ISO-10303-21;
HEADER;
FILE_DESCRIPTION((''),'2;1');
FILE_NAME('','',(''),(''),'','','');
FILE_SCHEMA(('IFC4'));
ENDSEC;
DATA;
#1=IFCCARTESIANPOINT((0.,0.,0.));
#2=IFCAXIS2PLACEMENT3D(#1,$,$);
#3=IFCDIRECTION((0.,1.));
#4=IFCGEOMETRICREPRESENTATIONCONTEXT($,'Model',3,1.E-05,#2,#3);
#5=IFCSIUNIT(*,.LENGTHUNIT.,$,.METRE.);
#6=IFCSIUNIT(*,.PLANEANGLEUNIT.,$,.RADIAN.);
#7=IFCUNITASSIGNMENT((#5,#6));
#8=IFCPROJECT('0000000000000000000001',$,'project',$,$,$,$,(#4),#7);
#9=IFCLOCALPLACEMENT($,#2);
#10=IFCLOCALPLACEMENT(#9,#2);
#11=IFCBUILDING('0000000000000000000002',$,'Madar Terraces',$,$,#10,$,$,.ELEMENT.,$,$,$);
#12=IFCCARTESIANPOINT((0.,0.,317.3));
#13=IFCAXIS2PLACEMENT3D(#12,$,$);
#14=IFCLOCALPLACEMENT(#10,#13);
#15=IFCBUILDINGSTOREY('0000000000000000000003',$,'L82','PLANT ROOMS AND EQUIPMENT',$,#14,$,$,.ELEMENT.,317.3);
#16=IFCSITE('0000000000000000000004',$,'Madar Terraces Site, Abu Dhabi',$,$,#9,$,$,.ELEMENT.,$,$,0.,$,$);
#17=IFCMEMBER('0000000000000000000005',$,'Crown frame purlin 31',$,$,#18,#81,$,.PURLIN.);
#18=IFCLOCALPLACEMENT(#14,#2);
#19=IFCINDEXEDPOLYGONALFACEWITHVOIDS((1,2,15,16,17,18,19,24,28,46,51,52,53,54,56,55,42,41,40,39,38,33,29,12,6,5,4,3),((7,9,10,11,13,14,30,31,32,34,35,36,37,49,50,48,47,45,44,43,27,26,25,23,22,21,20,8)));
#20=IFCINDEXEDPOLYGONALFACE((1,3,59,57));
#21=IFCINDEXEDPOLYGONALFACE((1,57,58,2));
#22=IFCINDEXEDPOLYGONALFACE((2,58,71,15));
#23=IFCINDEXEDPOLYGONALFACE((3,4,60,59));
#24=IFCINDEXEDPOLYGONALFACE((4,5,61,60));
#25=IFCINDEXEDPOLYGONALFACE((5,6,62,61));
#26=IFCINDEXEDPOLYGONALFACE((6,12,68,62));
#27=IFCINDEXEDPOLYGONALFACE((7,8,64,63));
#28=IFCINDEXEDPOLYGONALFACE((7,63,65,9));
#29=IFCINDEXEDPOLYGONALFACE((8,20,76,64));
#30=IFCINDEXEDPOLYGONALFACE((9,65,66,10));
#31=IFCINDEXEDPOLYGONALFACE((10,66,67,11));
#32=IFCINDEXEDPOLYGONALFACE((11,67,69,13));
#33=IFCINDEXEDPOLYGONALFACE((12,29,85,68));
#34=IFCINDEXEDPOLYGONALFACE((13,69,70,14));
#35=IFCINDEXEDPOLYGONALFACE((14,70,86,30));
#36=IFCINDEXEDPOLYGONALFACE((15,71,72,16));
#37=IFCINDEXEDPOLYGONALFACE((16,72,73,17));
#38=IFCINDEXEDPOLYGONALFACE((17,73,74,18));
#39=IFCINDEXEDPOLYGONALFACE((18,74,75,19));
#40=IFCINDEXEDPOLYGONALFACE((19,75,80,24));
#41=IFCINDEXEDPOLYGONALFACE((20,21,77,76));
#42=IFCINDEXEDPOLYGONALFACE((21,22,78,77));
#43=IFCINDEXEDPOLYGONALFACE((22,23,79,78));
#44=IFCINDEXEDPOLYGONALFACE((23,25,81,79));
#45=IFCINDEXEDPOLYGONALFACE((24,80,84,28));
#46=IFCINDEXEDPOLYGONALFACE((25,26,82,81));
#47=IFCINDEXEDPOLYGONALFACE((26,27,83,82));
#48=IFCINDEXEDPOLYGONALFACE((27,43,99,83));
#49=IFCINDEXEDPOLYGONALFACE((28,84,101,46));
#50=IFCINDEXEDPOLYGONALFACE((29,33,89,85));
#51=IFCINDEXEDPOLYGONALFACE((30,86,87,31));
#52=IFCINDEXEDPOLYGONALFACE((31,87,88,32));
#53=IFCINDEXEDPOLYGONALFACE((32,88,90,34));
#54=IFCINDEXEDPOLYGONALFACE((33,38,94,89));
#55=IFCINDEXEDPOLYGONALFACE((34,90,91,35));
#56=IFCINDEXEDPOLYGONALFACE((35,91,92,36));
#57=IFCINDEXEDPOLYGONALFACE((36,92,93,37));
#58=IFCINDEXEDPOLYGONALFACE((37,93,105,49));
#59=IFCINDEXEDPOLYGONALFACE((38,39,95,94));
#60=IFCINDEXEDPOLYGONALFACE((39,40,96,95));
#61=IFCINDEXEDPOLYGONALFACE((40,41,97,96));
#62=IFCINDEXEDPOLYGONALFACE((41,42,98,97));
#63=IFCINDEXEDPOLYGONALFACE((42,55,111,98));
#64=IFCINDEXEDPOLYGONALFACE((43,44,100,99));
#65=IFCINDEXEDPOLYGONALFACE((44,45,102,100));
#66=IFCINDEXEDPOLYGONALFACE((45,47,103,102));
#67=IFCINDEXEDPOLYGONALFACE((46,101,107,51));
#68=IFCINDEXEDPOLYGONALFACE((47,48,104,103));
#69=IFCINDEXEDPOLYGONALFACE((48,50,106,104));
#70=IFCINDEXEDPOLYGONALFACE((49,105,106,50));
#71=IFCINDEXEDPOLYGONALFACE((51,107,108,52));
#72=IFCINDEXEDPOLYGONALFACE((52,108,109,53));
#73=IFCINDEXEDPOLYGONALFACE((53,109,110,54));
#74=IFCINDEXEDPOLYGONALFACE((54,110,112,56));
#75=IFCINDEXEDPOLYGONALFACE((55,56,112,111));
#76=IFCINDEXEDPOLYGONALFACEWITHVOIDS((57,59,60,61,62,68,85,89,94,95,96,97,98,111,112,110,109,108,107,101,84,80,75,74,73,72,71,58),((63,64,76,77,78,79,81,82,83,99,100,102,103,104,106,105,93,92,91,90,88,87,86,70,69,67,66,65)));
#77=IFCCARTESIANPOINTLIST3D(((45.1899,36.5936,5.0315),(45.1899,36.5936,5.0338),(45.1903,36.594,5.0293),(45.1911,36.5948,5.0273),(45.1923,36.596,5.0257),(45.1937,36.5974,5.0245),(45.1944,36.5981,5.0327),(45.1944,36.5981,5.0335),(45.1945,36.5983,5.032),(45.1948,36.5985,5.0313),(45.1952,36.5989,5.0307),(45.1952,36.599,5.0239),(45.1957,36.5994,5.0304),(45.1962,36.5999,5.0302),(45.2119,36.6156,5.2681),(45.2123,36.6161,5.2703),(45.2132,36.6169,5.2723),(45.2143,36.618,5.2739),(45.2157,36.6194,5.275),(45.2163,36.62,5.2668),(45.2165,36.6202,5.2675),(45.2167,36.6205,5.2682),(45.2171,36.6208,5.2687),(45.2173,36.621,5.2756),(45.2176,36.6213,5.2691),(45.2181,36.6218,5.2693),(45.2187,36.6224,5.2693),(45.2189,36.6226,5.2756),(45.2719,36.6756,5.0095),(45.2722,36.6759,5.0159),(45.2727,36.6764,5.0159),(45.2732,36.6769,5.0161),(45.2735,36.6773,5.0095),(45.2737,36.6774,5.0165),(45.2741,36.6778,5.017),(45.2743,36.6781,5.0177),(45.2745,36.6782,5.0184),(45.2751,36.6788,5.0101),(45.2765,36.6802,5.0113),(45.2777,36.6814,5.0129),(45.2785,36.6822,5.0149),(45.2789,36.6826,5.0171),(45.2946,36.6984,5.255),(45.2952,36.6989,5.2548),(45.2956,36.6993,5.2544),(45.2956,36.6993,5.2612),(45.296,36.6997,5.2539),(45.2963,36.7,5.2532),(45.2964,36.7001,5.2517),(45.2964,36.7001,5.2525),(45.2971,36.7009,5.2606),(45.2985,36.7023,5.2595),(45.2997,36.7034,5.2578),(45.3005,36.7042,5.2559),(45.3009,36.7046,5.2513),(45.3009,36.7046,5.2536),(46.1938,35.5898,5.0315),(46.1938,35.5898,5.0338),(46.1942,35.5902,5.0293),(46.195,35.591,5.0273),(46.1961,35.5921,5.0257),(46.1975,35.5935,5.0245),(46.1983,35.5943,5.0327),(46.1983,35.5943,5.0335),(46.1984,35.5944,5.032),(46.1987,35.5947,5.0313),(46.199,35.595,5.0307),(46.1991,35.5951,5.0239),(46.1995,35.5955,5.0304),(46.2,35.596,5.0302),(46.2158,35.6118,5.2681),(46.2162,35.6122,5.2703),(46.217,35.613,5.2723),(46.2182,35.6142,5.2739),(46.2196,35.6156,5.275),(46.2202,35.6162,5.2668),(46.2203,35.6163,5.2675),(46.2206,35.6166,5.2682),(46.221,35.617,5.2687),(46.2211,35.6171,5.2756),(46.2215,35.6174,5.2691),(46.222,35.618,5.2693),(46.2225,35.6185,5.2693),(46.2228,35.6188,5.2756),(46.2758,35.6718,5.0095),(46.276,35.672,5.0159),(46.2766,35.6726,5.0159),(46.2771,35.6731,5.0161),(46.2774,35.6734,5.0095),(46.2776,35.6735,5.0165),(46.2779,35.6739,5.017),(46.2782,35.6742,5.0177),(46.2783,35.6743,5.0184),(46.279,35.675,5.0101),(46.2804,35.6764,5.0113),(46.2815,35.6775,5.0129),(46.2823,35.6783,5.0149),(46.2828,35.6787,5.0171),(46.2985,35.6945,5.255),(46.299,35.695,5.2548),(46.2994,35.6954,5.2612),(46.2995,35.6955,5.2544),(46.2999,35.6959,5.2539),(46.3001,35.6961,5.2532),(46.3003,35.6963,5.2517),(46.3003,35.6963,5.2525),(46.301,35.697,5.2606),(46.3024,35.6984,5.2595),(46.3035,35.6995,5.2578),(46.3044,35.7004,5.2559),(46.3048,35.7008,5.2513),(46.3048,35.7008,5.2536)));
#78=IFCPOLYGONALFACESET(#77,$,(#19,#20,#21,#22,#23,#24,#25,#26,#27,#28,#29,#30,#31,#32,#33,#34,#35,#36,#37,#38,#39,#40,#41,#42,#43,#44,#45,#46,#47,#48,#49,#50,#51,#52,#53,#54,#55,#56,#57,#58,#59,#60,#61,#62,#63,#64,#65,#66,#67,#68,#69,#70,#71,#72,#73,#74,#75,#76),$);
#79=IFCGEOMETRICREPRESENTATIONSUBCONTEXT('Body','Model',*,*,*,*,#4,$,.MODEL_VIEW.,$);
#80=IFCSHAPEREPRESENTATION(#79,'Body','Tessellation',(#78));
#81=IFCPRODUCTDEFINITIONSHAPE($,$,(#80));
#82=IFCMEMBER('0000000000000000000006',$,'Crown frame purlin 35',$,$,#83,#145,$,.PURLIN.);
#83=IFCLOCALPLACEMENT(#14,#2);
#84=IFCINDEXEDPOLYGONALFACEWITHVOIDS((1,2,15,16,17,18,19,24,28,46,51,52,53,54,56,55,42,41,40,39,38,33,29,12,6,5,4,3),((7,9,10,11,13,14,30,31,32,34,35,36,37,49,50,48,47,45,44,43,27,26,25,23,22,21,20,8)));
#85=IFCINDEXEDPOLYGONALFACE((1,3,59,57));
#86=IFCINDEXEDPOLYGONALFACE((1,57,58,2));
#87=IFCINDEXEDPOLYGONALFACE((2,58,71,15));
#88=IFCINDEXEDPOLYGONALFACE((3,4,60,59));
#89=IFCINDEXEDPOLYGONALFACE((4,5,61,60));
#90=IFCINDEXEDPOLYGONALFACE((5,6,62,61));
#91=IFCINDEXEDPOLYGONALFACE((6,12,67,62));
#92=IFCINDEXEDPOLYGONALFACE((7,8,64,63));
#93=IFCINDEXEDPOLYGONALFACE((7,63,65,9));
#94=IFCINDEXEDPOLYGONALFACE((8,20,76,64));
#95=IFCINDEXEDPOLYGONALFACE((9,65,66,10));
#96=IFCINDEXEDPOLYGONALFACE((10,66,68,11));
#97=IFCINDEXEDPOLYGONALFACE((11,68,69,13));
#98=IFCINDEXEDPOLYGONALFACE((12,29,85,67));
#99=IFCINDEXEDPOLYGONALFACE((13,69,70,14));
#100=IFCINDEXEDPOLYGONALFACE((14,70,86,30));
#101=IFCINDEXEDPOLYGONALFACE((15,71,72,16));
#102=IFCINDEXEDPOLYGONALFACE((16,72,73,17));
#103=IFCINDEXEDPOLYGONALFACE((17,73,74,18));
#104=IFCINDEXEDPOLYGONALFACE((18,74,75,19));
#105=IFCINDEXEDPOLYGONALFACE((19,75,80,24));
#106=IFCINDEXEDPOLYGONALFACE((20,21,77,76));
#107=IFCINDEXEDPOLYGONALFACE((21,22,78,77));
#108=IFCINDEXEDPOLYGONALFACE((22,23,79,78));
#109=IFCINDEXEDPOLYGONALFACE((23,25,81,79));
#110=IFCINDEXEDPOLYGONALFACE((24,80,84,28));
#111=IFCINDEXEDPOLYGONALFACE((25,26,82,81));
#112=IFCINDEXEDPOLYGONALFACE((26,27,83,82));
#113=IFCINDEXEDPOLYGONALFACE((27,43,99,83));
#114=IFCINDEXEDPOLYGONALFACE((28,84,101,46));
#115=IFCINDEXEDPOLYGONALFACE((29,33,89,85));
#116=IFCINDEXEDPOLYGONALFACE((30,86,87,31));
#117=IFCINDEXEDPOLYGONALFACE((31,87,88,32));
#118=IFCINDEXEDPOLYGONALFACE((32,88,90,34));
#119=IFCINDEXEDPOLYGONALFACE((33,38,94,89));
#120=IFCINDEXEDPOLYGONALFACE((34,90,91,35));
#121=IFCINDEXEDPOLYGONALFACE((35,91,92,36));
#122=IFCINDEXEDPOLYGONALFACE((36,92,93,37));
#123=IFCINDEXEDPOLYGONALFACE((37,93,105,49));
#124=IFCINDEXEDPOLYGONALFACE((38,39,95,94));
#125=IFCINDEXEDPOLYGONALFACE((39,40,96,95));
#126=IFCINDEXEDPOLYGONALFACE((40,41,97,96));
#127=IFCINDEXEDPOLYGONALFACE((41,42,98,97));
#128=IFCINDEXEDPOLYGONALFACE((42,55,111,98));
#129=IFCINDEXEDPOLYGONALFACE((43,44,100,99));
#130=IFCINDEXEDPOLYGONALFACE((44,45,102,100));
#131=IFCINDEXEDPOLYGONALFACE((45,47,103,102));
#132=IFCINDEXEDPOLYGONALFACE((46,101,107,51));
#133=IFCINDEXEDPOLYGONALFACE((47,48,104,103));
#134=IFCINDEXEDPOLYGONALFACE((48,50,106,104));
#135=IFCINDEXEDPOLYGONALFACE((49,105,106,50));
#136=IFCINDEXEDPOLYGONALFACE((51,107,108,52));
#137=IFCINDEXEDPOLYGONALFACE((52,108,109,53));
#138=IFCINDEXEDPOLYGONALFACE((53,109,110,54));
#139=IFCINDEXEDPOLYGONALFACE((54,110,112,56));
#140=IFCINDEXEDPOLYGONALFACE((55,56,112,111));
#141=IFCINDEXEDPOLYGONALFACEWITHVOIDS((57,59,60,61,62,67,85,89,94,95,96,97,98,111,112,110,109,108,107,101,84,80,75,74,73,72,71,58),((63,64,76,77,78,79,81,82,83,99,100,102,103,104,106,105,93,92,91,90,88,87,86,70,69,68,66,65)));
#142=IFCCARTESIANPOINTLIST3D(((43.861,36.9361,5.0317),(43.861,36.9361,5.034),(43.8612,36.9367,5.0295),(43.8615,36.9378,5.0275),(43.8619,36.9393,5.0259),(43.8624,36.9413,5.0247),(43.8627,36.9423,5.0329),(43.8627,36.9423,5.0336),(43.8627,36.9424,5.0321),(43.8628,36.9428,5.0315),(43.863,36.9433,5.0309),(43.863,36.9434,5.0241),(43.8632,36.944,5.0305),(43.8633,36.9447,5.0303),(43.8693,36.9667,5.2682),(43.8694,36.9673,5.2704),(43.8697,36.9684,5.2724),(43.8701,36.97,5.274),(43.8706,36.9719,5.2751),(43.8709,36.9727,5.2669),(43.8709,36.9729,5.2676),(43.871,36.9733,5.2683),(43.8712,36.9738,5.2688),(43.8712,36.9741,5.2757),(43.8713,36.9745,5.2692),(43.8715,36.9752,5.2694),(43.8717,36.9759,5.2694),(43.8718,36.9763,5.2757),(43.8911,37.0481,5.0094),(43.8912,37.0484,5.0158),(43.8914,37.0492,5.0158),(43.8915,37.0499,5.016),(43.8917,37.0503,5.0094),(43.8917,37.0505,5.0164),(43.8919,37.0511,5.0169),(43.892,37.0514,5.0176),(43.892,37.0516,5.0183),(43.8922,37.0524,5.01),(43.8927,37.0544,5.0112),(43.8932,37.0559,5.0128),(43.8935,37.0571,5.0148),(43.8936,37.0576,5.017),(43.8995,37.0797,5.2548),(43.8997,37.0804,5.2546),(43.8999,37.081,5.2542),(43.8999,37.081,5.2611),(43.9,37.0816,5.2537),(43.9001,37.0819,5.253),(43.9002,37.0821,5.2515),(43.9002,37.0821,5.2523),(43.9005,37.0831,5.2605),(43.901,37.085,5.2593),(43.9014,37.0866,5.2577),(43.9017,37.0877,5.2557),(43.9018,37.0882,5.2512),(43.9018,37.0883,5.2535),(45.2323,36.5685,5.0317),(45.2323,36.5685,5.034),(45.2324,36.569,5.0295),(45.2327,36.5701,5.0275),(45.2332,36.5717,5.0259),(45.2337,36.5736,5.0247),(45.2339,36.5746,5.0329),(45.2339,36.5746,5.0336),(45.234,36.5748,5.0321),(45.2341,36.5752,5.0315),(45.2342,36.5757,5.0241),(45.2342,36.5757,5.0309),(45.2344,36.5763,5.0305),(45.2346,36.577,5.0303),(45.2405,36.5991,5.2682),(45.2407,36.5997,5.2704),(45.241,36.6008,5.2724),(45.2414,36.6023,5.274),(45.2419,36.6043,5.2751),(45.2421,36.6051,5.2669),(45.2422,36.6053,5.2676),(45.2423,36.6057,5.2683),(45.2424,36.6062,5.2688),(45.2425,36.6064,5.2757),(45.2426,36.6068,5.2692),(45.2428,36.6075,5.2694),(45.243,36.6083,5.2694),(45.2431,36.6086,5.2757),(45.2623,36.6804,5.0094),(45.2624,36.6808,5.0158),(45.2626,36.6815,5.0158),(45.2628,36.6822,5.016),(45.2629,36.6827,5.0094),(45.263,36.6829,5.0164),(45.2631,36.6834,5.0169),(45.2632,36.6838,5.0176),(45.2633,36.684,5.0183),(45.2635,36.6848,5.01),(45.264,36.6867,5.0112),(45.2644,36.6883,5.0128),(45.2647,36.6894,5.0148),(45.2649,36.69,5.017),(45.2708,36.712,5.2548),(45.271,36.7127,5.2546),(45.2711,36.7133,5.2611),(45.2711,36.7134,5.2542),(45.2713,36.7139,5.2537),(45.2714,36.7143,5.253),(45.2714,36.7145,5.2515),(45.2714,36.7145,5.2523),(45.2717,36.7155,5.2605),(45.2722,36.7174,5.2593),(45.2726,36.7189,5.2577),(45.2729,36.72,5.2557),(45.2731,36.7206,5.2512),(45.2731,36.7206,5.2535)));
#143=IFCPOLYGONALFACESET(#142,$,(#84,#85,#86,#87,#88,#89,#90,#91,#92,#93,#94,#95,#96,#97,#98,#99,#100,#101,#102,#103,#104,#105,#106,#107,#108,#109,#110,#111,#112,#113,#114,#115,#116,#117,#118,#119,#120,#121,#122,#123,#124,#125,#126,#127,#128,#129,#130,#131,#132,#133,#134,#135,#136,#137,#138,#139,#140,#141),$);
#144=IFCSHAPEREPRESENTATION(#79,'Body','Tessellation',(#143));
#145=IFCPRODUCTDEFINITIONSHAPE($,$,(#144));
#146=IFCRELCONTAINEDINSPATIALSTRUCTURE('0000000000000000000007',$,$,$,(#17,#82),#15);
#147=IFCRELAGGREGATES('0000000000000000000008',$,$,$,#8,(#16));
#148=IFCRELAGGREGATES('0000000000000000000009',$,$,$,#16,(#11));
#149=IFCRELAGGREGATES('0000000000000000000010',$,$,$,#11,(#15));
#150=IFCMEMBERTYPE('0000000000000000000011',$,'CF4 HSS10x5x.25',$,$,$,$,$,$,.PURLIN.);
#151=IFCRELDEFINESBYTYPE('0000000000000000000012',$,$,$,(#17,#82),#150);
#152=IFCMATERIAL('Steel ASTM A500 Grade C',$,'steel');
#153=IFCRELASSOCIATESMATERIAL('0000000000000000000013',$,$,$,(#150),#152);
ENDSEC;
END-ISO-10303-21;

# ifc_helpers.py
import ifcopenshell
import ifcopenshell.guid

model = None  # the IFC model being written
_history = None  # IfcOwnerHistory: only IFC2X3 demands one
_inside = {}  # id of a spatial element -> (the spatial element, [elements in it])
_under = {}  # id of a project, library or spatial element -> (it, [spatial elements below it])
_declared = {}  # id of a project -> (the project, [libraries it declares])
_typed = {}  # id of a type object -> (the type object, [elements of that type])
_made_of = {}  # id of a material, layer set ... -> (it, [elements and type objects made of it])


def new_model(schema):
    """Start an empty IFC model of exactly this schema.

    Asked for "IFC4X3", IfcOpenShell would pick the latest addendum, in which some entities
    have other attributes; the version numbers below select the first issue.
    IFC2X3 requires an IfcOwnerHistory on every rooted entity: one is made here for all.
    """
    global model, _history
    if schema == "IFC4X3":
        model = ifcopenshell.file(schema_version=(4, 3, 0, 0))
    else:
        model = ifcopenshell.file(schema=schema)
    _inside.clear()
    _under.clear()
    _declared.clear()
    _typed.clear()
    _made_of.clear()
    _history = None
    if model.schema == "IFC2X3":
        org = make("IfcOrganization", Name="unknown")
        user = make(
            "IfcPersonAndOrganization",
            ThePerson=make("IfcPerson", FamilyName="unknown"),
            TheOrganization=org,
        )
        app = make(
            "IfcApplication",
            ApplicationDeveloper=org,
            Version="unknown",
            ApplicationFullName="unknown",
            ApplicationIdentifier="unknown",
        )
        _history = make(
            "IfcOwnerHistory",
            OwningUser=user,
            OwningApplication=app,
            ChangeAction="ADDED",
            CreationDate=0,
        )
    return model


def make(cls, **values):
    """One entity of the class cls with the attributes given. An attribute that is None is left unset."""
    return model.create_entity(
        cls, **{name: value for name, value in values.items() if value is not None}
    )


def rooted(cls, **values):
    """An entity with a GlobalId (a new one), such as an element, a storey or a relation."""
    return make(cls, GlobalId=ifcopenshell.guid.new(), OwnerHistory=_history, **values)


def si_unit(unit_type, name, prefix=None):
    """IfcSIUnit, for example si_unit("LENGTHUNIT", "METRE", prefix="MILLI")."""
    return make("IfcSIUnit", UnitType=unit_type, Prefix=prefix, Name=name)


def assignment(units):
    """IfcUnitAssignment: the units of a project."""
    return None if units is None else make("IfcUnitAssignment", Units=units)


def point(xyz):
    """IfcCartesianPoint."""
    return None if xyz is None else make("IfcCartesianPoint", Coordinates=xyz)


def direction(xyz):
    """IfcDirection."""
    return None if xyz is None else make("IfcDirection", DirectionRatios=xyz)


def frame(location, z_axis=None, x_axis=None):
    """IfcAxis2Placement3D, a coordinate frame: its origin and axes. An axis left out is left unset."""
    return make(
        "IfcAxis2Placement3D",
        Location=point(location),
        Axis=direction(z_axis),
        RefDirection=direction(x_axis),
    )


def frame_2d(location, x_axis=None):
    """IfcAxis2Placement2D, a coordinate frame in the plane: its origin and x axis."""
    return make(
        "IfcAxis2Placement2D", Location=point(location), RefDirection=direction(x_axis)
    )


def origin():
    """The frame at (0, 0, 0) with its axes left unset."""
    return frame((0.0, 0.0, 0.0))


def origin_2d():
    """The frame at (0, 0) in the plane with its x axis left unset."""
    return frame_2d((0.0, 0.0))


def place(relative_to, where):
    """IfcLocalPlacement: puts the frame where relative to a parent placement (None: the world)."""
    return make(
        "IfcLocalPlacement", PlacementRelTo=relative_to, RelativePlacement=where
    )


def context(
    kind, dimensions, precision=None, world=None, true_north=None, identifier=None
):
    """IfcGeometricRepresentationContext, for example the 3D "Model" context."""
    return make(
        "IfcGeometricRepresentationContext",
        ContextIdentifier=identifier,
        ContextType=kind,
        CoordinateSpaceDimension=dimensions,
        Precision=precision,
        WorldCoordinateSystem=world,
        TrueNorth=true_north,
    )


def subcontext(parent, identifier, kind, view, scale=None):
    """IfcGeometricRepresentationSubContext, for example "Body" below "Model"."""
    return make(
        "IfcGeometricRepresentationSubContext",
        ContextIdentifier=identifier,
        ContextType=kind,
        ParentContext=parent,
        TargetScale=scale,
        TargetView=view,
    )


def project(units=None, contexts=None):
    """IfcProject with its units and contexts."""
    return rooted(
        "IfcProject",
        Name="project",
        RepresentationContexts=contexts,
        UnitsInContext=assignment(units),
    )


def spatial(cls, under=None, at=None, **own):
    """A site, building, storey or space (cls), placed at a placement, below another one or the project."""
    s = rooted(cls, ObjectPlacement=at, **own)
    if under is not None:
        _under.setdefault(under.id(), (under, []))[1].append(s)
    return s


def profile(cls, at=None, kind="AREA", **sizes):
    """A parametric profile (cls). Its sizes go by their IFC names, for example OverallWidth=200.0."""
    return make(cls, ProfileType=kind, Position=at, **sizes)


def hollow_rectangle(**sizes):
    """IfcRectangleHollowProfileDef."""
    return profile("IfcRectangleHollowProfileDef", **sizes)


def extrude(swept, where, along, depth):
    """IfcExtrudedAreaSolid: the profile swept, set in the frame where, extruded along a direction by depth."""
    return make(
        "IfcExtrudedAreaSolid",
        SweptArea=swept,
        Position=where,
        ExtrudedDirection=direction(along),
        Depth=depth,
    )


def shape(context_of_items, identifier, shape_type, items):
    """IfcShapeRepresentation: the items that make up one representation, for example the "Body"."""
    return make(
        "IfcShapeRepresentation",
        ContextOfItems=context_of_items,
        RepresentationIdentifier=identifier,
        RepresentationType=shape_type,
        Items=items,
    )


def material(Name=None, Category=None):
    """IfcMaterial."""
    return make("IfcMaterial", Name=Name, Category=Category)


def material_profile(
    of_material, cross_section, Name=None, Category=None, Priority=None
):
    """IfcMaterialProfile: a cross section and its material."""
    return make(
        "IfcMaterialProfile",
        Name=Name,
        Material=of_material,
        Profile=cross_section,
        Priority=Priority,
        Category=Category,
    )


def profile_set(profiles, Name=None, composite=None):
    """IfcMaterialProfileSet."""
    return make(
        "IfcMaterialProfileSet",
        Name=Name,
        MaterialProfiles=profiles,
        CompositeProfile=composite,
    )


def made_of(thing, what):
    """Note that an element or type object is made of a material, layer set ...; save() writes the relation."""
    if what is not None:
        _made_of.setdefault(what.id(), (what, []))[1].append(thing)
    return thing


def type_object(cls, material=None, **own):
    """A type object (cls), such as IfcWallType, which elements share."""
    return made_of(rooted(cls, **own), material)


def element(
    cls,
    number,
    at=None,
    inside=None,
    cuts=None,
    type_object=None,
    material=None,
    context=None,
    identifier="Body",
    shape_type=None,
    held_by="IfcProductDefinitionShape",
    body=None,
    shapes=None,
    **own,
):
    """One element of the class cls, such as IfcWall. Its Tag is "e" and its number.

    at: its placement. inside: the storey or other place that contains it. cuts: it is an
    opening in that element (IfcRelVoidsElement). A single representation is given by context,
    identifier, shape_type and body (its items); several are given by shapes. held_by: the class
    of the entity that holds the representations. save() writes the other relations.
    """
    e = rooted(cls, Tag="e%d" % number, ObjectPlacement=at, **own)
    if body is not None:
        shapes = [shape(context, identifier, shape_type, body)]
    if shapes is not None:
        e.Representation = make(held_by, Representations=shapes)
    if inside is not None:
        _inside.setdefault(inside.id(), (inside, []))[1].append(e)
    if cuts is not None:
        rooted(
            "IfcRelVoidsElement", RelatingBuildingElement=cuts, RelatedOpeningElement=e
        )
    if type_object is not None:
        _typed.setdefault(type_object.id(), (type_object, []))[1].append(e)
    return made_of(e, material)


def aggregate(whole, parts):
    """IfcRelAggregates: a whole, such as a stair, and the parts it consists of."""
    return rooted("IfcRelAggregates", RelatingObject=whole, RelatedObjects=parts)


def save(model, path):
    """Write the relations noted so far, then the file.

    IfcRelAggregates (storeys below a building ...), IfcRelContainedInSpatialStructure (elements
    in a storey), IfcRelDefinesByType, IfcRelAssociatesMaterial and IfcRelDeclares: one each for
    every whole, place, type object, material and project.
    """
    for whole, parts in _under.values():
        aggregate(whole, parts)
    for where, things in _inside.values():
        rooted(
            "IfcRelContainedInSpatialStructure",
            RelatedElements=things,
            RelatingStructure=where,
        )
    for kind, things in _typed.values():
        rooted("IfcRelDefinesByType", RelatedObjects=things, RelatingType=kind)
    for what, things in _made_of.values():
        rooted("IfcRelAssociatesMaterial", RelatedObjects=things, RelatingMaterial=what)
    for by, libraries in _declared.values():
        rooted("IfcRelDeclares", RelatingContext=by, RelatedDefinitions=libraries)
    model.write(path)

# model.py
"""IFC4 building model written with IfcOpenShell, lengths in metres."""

from ifc_helpers import new_model, si_unit, direction, frame, origin, origin_2d, place, context, subcontext, project, spatial, hollow_rectangle, extrude, material, material_profile, profile_set, type_object, element, save


model = new_model("IFC4")

# Units and contexts
model_context = context("Model", 3, precision=1e-05, world=origin(), true_north=direction((0.0, 1.0)))
body_context = subcontext(model_context, "Body", "Model", "MODEL_VIEW")
ifc_project = project(units=[si_unit("LENGTHUNIT", "METRE"), si_unit("PLANEANGLEUNIT", "RADIAN")], contexts=[model_context])

# Site, building, storey
site_placement = place(None, origin())
site = spatial("IfcSite", under=ifc_project, at=site_placement, Name="Madar Terraces Site, Abu Dhabi", CompositionType="ELEMENT", RefElevation=0.0)
building_placement = place(site_placement, origin())
building = spatial("IfcBuilding", under=site, at=building_placement, Name="Madar Terraces", CompositionType="ELEMENT")
storey_placement = place(building_placement, frame((0.0, 0.0, 317.3)))
storey = spatial("IfcBuildingStorey", under=building, at=storey_placement, Name="L82", Description="PLANT ROOMS AND EQUIPMENT", CompositionType="ELEMENT", Elevation=317.3)

# Members
ifc_material_1 = material(Name="Steel ASTM A500 Grade C", Category="steel")
ifc_material_profile_1 = material_profile(ifc_material_1, hollow_rectangle(XDim=0.127, YDim=0.2539, WallThickness=0.0063, InnerFilletRadius=0.0029, OuterFilletRadius=0.0088, at=origin_2d()), Name="HSS10x5x.25")
ifc_profile_set_1 = profile_set([ifc_material_profile_1], Name="Steel ASTM A500 Grade C")
member_type_1 = type_object("IfcMemberType", Name="CF4 HSS10x5x.25", PredefinedType="PURLIN", material=ifc_profile_set_1)
for number, where, z_axis, x_axis, name in (
    (1, (46.2493, 35.6453, 5.1426), (-0.707107, 0.707107, 0.0), (-0.700941, -0.700941, 0.131765), "Crown frame purlin 31"),
    (2, (45.2527, 36.6445, 5.1426), (-0.965886, 0.258968, 0.0), (-0.25663, -0.957164, 0.134086), "Crown frame purlin 35"),
):
    element("IfcMember", number, at=place(storey_placement, frame(where, z_axis=z_axis, x_axis=x_axis)), inside=storey, type_object=member_type_1, Name=name, PredefinedType="PURLIN", context=body_context, shape_type="SweptSolid", body=[
        extrude(hollow_rectangle(XDim=0.127, YDim=0.2539, WallThickness=0.0063, InnerFilletRadius=0.0029, OuterFilletRadius=0.0088, at=origin_2d()), origin(), (0.0, 0.0, 1.0), 1.4197),
    ])

save(model, "model.ifc")
